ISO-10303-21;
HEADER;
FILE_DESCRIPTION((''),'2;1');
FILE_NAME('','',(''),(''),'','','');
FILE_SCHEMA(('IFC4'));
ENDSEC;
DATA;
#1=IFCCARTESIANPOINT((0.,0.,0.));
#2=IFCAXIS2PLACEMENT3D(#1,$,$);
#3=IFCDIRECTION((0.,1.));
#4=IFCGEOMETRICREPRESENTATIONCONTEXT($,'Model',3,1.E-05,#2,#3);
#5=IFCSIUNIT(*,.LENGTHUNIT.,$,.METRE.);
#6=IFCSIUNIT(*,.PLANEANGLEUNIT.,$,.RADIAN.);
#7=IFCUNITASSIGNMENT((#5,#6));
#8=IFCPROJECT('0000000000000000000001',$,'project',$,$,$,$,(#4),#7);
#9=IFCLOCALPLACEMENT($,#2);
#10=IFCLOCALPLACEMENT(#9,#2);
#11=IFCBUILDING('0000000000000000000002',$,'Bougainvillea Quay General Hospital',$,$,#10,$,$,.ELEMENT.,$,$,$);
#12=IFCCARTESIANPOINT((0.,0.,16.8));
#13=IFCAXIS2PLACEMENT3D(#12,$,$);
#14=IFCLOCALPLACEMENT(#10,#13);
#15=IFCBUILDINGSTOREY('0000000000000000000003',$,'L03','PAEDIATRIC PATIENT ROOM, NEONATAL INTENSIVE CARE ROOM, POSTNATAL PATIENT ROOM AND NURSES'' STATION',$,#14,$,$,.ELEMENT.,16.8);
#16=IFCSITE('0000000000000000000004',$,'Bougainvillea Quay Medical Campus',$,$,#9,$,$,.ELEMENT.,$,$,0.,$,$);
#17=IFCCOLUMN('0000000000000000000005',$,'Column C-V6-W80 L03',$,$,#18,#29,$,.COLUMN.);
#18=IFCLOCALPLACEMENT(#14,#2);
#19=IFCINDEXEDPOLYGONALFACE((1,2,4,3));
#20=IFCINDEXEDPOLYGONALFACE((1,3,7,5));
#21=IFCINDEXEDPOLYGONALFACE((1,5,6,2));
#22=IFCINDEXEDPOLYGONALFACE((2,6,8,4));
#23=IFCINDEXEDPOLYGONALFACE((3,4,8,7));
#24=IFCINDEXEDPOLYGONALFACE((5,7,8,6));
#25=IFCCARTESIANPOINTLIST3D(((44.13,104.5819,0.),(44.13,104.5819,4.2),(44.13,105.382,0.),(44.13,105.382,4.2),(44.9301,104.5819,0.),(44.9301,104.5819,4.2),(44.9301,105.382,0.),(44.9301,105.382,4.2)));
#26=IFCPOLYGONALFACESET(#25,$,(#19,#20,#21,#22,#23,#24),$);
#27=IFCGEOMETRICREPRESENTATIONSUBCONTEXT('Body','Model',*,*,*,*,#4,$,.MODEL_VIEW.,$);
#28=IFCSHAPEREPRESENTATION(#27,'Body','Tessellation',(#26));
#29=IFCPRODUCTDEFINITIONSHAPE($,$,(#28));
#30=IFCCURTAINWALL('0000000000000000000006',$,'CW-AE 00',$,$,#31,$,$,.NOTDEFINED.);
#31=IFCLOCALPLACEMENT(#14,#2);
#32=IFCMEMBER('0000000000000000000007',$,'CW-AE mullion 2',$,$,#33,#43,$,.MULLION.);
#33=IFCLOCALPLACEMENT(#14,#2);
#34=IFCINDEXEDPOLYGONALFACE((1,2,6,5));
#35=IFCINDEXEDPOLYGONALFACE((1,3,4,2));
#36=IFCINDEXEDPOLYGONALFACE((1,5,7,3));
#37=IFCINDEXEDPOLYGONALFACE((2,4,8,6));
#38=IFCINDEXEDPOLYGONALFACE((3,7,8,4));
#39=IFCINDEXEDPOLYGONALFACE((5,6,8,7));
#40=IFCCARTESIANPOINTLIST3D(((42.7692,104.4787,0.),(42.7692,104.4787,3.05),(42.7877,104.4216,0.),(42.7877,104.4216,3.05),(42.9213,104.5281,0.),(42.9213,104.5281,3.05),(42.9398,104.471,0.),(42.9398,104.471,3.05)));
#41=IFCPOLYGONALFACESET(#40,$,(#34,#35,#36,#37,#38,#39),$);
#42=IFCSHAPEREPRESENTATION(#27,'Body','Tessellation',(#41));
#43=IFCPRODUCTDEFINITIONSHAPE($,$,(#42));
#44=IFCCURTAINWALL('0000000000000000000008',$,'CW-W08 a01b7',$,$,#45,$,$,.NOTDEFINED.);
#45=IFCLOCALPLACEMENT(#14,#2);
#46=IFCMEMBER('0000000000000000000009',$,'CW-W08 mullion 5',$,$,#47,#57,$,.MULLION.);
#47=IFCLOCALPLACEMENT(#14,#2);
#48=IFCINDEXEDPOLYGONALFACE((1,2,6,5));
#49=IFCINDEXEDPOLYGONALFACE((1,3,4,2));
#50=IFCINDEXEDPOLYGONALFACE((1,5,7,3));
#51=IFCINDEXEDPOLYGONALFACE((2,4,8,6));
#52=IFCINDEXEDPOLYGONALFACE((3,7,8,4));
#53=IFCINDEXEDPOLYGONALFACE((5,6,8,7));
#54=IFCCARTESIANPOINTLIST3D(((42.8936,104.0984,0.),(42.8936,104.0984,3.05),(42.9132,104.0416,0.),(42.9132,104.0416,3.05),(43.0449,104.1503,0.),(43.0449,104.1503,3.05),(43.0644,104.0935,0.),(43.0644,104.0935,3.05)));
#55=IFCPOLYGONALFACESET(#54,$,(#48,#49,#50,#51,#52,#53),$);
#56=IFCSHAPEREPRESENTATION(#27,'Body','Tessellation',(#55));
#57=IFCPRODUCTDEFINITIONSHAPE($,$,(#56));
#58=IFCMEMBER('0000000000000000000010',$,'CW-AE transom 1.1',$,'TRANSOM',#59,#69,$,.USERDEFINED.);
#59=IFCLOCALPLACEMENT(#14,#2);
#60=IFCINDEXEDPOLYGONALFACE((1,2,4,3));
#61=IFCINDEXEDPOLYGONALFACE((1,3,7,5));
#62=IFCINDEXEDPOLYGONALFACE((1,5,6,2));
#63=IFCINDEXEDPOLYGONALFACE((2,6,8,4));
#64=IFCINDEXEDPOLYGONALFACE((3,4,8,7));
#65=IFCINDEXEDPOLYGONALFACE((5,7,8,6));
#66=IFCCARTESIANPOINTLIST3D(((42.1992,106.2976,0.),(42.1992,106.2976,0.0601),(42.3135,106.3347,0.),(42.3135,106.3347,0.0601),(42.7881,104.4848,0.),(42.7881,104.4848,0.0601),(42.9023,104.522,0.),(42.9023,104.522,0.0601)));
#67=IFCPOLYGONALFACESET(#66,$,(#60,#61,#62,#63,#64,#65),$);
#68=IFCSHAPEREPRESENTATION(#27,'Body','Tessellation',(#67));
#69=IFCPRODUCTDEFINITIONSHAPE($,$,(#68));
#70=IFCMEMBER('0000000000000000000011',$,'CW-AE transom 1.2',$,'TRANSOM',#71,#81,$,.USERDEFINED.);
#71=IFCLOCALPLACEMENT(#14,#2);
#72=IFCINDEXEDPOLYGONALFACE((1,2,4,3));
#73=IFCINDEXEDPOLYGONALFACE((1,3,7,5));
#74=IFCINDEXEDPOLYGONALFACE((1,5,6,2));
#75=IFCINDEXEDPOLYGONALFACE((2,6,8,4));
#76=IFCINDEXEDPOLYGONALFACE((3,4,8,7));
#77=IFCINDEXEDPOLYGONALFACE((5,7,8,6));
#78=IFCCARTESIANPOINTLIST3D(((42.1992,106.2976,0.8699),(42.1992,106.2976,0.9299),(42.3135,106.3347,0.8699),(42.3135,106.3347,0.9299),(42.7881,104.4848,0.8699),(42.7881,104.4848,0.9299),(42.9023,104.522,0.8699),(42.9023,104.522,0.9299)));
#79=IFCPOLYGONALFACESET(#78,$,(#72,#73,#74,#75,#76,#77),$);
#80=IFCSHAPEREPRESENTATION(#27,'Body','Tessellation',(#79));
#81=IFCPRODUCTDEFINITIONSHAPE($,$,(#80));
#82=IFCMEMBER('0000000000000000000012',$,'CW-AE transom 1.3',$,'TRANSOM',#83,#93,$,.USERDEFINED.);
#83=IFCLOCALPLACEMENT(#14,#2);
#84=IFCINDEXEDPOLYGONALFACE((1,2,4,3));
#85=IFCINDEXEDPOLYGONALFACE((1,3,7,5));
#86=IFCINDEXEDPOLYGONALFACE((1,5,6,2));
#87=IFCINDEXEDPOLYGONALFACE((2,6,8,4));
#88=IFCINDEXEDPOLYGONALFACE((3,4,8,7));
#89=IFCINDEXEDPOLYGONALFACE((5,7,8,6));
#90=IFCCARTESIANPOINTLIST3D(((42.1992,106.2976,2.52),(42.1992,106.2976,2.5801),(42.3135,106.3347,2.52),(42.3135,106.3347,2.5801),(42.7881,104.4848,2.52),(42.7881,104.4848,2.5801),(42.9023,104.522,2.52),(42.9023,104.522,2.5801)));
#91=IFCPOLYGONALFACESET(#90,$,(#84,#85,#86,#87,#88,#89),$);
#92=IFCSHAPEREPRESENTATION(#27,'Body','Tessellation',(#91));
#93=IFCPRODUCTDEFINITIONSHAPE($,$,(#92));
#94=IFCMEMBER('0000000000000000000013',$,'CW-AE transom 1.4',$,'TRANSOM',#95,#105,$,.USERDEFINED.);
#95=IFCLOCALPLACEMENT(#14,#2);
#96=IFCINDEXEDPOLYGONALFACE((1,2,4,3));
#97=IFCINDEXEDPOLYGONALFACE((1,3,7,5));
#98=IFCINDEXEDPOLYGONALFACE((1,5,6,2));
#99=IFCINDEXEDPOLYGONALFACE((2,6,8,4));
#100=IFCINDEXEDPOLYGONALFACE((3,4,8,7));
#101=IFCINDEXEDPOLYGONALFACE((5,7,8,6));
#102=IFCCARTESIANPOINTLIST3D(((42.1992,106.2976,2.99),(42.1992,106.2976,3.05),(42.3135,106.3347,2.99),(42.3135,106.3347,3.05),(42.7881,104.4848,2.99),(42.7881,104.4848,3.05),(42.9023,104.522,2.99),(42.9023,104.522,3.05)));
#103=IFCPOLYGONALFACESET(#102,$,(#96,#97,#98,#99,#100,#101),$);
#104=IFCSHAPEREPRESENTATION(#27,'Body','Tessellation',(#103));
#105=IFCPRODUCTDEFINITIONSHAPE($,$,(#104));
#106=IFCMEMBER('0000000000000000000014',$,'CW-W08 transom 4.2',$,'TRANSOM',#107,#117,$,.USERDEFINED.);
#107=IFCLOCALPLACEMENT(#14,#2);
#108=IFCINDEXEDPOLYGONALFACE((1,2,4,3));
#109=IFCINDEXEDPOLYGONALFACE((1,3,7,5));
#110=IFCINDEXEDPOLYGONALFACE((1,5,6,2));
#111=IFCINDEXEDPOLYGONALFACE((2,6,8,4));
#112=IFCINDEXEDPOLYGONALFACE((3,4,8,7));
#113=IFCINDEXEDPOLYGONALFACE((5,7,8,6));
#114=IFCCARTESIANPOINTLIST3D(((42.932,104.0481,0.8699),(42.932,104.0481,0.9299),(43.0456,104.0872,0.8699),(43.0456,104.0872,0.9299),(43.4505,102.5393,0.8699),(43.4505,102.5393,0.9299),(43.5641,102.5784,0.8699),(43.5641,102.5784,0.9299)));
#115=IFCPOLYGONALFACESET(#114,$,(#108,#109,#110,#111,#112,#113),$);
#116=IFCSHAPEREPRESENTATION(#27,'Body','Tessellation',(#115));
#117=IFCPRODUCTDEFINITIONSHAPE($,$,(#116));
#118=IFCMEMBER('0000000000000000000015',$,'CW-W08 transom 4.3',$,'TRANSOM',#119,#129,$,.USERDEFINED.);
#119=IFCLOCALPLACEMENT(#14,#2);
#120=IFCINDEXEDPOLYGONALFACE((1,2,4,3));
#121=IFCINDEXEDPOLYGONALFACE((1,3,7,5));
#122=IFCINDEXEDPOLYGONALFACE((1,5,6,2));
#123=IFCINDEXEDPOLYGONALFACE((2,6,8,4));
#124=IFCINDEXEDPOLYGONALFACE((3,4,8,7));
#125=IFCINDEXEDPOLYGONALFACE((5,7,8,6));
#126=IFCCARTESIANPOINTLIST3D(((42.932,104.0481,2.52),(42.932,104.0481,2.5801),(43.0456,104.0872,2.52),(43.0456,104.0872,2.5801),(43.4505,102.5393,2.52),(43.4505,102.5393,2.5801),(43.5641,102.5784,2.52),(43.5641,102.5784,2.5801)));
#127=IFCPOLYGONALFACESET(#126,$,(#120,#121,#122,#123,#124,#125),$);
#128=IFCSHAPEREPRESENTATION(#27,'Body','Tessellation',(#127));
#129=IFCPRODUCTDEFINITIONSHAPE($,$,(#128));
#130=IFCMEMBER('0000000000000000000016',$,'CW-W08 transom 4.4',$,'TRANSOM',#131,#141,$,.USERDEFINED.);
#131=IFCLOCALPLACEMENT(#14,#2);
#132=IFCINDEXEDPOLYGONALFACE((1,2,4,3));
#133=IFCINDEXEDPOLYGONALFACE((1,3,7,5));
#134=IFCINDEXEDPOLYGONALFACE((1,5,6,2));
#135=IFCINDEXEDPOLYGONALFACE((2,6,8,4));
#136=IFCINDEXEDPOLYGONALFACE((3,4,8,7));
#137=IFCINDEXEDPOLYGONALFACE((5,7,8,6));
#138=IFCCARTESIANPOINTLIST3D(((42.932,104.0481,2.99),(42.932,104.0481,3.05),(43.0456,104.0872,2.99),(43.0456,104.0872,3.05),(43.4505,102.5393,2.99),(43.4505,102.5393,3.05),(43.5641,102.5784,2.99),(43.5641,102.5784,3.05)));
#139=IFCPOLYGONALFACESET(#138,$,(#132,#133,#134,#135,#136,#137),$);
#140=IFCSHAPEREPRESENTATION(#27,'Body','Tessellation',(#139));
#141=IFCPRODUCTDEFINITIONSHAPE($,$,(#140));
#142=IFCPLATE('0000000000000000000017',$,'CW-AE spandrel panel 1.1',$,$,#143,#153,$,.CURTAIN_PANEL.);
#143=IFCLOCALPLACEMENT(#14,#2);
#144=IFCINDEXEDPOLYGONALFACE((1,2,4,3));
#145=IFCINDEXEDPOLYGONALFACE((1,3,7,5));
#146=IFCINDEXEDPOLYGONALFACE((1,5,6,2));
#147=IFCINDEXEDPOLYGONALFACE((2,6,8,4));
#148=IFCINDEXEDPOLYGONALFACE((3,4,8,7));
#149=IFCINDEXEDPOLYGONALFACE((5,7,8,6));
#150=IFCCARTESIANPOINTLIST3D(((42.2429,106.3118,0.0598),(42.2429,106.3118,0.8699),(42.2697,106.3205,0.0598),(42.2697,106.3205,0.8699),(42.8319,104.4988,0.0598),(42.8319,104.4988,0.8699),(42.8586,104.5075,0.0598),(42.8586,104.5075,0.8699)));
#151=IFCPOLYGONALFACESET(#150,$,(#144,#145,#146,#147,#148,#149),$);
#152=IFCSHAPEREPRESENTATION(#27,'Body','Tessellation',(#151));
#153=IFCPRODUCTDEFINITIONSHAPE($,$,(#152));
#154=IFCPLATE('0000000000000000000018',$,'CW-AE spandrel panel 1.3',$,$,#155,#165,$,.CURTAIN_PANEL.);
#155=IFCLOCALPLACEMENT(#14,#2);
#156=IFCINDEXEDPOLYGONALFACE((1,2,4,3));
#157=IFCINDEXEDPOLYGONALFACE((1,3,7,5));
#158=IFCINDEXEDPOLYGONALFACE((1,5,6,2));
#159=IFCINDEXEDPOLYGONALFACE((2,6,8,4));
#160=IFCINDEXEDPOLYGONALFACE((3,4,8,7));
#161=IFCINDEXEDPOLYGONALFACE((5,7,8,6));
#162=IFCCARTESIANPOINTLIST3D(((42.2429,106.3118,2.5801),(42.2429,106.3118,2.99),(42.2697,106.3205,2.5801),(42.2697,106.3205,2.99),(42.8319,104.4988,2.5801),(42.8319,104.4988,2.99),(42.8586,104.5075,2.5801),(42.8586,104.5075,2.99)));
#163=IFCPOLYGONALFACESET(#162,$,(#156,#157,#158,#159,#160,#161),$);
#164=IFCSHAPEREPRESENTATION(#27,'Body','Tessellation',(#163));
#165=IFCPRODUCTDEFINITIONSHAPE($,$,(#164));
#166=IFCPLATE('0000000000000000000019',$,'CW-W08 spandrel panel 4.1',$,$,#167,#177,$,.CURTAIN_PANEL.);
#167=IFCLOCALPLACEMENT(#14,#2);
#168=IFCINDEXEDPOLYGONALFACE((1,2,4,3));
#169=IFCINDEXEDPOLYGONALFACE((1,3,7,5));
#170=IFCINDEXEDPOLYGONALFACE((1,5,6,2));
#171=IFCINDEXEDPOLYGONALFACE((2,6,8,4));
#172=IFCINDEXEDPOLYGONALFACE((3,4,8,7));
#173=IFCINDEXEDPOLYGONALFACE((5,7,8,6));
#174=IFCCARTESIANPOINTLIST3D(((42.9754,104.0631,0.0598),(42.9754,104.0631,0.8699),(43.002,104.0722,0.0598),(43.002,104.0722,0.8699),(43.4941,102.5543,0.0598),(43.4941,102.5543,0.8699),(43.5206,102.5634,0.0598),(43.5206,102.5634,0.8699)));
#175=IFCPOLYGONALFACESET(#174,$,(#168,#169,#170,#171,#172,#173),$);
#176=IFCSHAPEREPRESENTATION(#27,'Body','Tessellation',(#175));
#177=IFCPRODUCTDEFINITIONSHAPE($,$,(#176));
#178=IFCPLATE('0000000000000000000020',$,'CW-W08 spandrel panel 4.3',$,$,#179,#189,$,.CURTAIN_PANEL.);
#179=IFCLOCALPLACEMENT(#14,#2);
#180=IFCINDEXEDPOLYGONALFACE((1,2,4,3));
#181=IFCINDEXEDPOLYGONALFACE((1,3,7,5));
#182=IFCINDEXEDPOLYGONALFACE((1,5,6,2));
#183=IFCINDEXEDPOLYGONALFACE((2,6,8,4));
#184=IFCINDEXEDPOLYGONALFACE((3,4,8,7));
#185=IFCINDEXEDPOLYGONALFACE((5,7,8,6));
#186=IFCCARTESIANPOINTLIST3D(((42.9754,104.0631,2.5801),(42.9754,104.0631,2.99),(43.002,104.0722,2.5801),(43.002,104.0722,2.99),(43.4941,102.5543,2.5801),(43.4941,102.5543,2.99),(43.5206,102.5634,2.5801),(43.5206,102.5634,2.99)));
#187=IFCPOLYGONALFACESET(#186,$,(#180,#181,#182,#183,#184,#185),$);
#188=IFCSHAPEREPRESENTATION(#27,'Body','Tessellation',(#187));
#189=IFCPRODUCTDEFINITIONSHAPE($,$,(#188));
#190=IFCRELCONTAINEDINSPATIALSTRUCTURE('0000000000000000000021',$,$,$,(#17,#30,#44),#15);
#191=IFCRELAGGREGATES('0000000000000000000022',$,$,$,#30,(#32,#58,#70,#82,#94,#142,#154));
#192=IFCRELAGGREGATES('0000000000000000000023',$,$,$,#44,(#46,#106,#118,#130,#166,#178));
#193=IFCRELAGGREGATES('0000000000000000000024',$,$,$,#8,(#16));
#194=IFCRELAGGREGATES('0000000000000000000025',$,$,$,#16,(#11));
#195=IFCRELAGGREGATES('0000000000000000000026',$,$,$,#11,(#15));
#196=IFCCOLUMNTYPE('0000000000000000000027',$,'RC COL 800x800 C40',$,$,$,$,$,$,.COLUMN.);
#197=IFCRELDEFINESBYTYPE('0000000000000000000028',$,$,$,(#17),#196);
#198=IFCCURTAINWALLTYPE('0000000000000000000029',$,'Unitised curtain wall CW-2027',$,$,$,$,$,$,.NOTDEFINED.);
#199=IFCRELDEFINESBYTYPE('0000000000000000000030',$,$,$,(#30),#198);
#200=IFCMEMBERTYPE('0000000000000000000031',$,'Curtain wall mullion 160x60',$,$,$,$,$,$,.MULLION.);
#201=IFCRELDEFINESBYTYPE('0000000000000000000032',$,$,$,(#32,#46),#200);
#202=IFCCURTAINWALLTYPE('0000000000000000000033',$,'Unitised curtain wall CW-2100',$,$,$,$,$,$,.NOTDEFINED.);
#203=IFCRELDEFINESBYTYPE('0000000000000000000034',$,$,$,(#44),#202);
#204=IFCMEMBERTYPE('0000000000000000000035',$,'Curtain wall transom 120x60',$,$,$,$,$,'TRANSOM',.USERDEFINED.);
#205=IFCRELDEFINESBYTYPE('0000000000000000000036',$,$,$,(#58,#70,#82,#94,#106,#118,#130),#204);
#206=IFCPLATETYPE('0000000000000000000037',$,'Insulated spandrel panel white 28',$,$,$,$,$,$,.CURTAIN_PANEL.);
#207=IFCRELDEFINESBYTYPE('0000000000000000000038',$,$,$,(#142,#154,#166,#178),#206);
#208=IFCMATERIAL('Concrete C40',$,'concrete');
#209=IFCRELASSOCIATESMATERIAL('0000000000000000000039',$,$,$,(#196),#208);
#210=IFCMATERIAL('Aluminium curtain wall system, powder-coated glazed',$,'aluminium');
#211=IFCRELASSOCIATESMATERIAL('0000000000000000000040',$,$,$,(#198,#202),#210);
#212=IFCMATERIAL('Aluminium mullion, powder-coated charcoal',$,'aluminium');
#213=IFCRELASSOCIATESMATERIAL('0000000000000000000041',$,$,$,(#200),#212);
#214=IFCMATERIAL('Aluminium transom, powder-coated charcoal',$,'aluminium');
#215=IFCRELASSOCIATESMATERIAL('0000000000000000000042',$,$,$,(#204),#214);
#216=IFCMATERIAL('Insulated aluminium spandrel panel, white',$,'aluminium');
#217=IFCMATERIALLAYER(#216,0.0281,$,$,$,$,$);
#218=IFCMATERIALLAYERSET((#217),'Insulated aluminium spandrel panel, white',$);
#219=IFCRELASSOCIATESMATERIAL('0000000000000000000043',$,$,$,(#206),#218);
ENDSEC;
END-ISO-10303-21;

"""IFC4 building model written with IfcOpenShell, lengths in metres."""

from ifc_helpers import new_model, si_unit, direction, frame, origin, origin_2d, place, context, subcontext, project, spatial, rectangle, extrude, material, layer, layer_set, material_profile, profile_set, type_object, element, aggregate, save


model = new_model("IFC4")

# Units and contexts
model_context = context("Model", 3, precision=1e-05, world=origin(), true_north=direction((0.0, 1.0)))
body_context = subcontext(model_context, "Body", "Model", "MODEL_VIEW")
ifc_project = project(units=[si_unit("LENGTHUNIT", "METRE"), si_unit("PLANEANGLEUNIT", "RADIAN")], contexts=[model_context])

# Site, building, storey
site_placement = place(None, origin())
site = spatial("IfcSite", under=ifc_project, at=site_placement, Name="Bougainvillea Quay Medical Campus", CompositionType="ELEMENT", RefElevation=0.0)
building_placement = place(site_placement, origin())
building = spatial("IfcBuilding", under=site, at=building_placement, Name="Bougainvillea Quay General Hospital", CompositionType="ELEMENT")
storey_placement = place(building_placement, frame((0.0, 0.0, 16.8)))
storey = spatial("IfcBuildingStorey", under=building, at=storey_placement, Name="L03", Description="PAEDIATRIC PATIENT ROOM, NEONATAL INTENSIVE CARE ROOM, POSTNATAL PATIENT ROOM AND NURSES' STATION", CompositionType="ELEMENT", Elevation=16.8)

# Column
ifc_material_1 = material(Name="Concrete C40", Category="concrete")
ifc_material_profile_1 = material_profile(ifc_material_1, rectangle(XDim=0.8, YDim=0.8, at=origin_2d()))
ifc_profile_set_1 = profile_set([ifc_material_profile_1], Name="Concrete C40")
column_type = type_object("IfcColumnType", Name="RC COL 800x800 C40", PredefinedType="COLUMN", material=ifc_profile_set_1)
column_placement = place(storey_placement, frame((44.53, 104.9819, 0.0), z_axis=(0.0, 0.0, 1.0), x_axis=(1.0, 0.0, 0.0)))
element("IfcColumn", 1, at=column_placement, inside=storey, type_object=column_type, Name="Column C-V6-W80 L03", PredefinedType="COLUMN", context=body_context, shape_type="SweptSolid", body=[
    extrude(rectangle(XDim=0.8, YDim=0.8, at=origin_2d()), origin(), (0.0, 0.0, 1.0), 4.2),
])

# Curtain walls, members
ifc_material_2 = material(Name="Aluminium curtain wall system, powder-coated glazed", Category="aluminium")
curtain_wall_type_1 = type_object("IfcCurtainWallType", Name="Unitised curtain wall CW-2027", PredefinedType="NOTDEFINED", material=ifc_material_2)
curtain_wall_1_placement = place(storey_placement, origin())
curtain_wall_1 = element("IfcCurtainWall", 2, at=curtain_wall_1_placement, inside=storey, type_object=curtain_wall_type_1, Name="CW-AE 00", PredefinedType="NOTDEFINED")
ifc_material_3 = material(Name="Aluminium mullion, powder-coated charcoal", Category="aluminium")
ifc_material_profile_2 = material_profile(ifc_material_3, rectangle(XDim=0.1599, YDim=0.0601, at=origin_2d()))
ifc_profile_set_2 = profile_set([ifc_material_profile_2], Name="Aluminium mullion, powder-coated charcoal")
member_type_1 = type_object("IfcMemberType", Name="Curtain wall mullion 160x60", PredefinedType="MULLION", material=ifc_profile_set_2)
member_1_placement = place(storey_placement, frame((42.8545, 104.4749, 0.0), z_axis=(0.0, 0.0, 1.0), x_axis=(0.951074, 0.308963, 0.0)))
member_1 = element("IfcMember", 3, at=member_1_placement, type_object=member_type_1, Name="CW-AE mullion 2", PredefinedType="MULLION", context=body_context, shape_type="SweptSolid", body=[
    extrude(rectangle(XDim=0.1599, YDim=0.0601, at=origin_2d()), origin(), (0.0, 0.0, 1.0), 3.05),
])
curtain_wall_type_2 = type_object("IfcCurtainWallType", Name="Unitised curtain wall CW-2100", PredefinedType="NOTDEFINED", material=ifc_material_2)
curtain_wall_2_placement = place(storey_placement, origin())
curtain_wall_2 = element("IfcCurtainWall", 4, at=curtain_wall_2_placement, inside=storey, type_object=curtain_wall_type_2, Name="CW-W08 a01b7", PredefinedType="NOTDEFINED")
member_2_placement = place(storey_placement, frame((42.979, 104.0959, 0.0), z_axis=(0.0, 0.0, 1.0), x_axis=(-0.945687, -0.325079, 0.0)))
member_2 = element("IfcMember", 5, at=member_2_placement, type_object=member_type_1, Name="CW-W08 mullion 5", PredefinedType="MULLION", context=body_context, shape_type="SweptSolid", body=[
    extrude(rectangle(XDim=0.1599, YDim=0.0601, at=origin_2d()), origin(), (0.0, 0.0, 1.0), 3.05),
])

# Members
ifc_material_4 = material(Name="Aluminium transom, powder-coated charcoal", Category="aluminium")
ifc_material_profile_3 = material_profile(ifc_material_4, rectangle(XDim=0.1201, YDim=0.0601, at=origin_2d()))
ifc_profile_set_3 = profile_set([ifc_material_profile_3], Name="Aluminium transom, powder-coated charcoal")
member_type_2 = type_object("IfcMemberType", Name="Curtain wall transom 120x60", ElementType="TRANSOM", PredefinedType="USERDEFINED", material=ifc_profile_set_3)
member_3_placement = place(storey_placement, frame((42.2563, 106.3162, 0.03), z_axis=(0.308956, -0.951076, 0.0), x_axis=(0.951076, 0.308956, 0.0)))
member_3 = element("IfcMember", 6, at=member_3_placement, type_object=member_type_2, Name="CW-AE transom 1.1", ObjectType="TRANSOM", PredefinedType="USERDEFINED", context=body_context, shape_type="SweptSolid", body=[
    extrude(rectangle(XDim=0.1201, YDim=0.0601, at=origin_2d()), origin(), (0.0, 0.0, 1.0), 1.906),
])
member_4_placement = place(storey_placement, frame((42.2563, 106.3162, 0.8999), z_axis=(0.308956, -0.951076, 0.0), x_axis=(0.951076, 0.308956, 0.0)))
member_4 = element("IfcMember", 7, at=member_4_placement, type_object=member_type_2, Name="CW-AE transom 1.2", ObjectType="TRANSOM", PredefinedType="USERDEFINED", context=body_context, shape_type="SweptSolid", body=[
    extrude(rectangle(XDim=0.1201, YDim=0.0601, at=origin_2d()), origin(), (0.0, 0.0, 1.0), 1.906),
])
member_5_placement = place(storey_placement, frame((42.2563, 106.3162, 2.55), z_axis=(0.308956, -0.951076, 0.0), x_axis=(0.951076, 0.308956, 0.0)))
member_5 = element("IfcMember", 8, at=member_5_placement, type_object=member_type_2, Name="CW-AE transom 1.3", ObjectType="TRANSOM", PredefinedType="USERDEFINED", context=body_context, shape_type="SweptSolid", body=[
    extrude(rectangle(XDim=0.1201, YDim=0.0601, at=origin_2d()), origin(), (0.0, 0.0, 1.0), 1.906),
])
member_6_placement = place(storey_placement, frame((42.2563, 106.3162, 3.02), z_axis=(0.308956, -0.951076, 0.0), x_axis=(0.951076, 0.308956, 0.0)))
member_6 = element("IfcMember", 9, at=member_6_placement, type_object=member_type_2, Name="CW-AE transom 1.4", ObjectType="TRANSOM", PredefinedType="USERDEFINED", context=body_context, shape_type="SweptSolid", body=[
    extrude(rectangle(XDim=0.1201, YDim=0.0601, at=origin_2d()), origin(), (0.0, 0.0, 1.0), 1.906),
])
member_7_placement = place(storey_placement, frame((43.5073, 102.5588, 0.8999), z_axis=(-0.325028, 0.945704, 0.0), x_axis=(-0.945704, -0.325028, 0.0)))
member_7 = element("IfcMember", 10, at=member_7_placement, type_object=member_type_2, Name="CW-W08 transom 4.2", ObjectType="TRANSOM", PredefinedType="USERDEFINED", context=body_context, shape_type="SweptSolid", body=[
    extrude(rectangle(XDim=0.1201, YDim=0.0601, at=origin_2d()), origin(), (0.0, 0.0, 1.0), 1.5955),
])
member_8_placement = place(storey_placement, frame((43.5073, 102.5588, 2.55), z_axis=(-0.325028, 0.945704, 0.0), x_axis=(-0.945704, -0.325028, 0.0)))
member_8 = element("IfcMember", 11, at=member_8_placement, type_object=member_type_2, Name="CW-W08 transom 4.3", ObjectType="TRANSOM", PredefinedType="USERDEFINED", context=body_context, shape_type="SweptSolid", body=[
    extrude(rectangle(XDim=0.1201, YDim=0.0601, at=origin_2d()), origin(), (0.0, 0.0, 1.0), 1.5955),
])
member_9_placement = place(storey_placement, frame((43.5073, 102.5588, 3.02), z_axis=(-0.325028, 0.945704, 0.0), x_axis=(-0.945704, -0.325028, 0.0)))
member_9 = element("IfcMember", 12, at=member_9_placement, type_object=member_type_2, Name="CW-W08 transom 4.4", ObjectType="TRANSOM", PredefinedType="USERDEFINED", context=body_context, shape_type="SweptSolid", body=[
    extrude(rectangle(XDim=0.1201, YDim=0.0601, at=origin_2d()), origin(), (0.0, 0.0, 1.0), 1.5955),
])

# Plates
ifc_material_5 = material(Name="Insulated aluminium spandrel panel, white", Category="aluminium")
ifc_layer_1 = layer(ifc_material_5, 0.0281)
ifc_layer_set_1 = layer_set([ifc_layer_1], Name="Insulated aluminium spandrel panel, white")
plate_type_1 = type_object("IfcPlateType", Name="Insulated spandrel panel white 28", PredefinedType="CURTAIN_PANEL", material=ifc_layer_set_1)
plate_1_placement = place(storey_placement, frame((42.5508, 105.4097, 0.0598), z_axis=(0.0, 0.0, 1.0), x_axis=(0.308963, -0.951074, 0.0)))
plate_1 = element("IfcPlate", 13, at=plate_1_placement, type_object=plate_type_1, Name="CW-AE spandrel panel 1.1", PredefinedType="CURTAIN_PANEL", context=body_context, shape_type="SweptSolid", body=[
    extrude(rectangle(XDim=1.9062, YDim=0.0281, at=origin_2d()), origin(), (0.0, 0.0, 1.0), 0.8101),
])
plate_2_placement = place(storey_placement, frame((42.5508, 105.4097, 2.5801), z_axis=(0.0, 0.0, 1.0), x_axis=(0.308963, -0.951074, 0.0)))
plate_2 = element("IfcPlate", 14, at=plate_2_placement, type_object=plate_type_1, Name="CW-AE spandrel panel 1.3", PredefinedType="CURTAIN_PANEL", context=body_context, shape_type="SweptSolid", body=[
    extrude(rectangle(XDim=1.9062, YDim=0.0281, at=origin_2d()), origin(), (0.0, 0.0, 1.0), 0.4099),
])
plate_3_placement = place(storey_placement, frame((43.248, 103.3132, 0.0598), z_axis=(0.0, 0.0, 1.0), x_axis=(-0.325079, 0.945687, 0.0)))
plate_3 = element("IfcPlate", 15, at=plate_3_placement, type_object=plate_type_1, Name="CW-W08 spandrel panel 4.1", PredefinedType="CURTAIN_PANEL", context=body_context, shape_type="SweptSolid", body=[
    extrude(rectangle(XDim=1.5955, YDim=0.0281, at=origin_2d()), origin(), (0.0, 0.0, 1.0), 0.8101),
])
plate_4_placement = place(storey_placement, frame((43.248, 103.3132, 2.5801), z_axis=(0.0, 0.0, 1.0), x_axis=(-0.325079, 0.945687, 0.0)))
plate_4 = element("IfcPlate", 16, at=plate_4_placement, type_object=plate_type_1, Name="CW-W08 spandrel panel 4.3", PredefinedType="CURTAIN_PANEL", context=body_context, shape_type="SweptSolid", body=[
    extrude(rectangle(XDim=1.5955, YDim=0.0281, at=origin_2d()), origin(), (0.0, 0.0, 1.0), 0.4099),
])
aggregate(curtain_wall_1, [member_1, member_3, member_4, member_5, member_6, plate_1, plate_2])
aggregate(curtain_wall_2, [member_2, member_7, member_8, member_9, plate_3, plate_4])

save(model, "model.ifc")
